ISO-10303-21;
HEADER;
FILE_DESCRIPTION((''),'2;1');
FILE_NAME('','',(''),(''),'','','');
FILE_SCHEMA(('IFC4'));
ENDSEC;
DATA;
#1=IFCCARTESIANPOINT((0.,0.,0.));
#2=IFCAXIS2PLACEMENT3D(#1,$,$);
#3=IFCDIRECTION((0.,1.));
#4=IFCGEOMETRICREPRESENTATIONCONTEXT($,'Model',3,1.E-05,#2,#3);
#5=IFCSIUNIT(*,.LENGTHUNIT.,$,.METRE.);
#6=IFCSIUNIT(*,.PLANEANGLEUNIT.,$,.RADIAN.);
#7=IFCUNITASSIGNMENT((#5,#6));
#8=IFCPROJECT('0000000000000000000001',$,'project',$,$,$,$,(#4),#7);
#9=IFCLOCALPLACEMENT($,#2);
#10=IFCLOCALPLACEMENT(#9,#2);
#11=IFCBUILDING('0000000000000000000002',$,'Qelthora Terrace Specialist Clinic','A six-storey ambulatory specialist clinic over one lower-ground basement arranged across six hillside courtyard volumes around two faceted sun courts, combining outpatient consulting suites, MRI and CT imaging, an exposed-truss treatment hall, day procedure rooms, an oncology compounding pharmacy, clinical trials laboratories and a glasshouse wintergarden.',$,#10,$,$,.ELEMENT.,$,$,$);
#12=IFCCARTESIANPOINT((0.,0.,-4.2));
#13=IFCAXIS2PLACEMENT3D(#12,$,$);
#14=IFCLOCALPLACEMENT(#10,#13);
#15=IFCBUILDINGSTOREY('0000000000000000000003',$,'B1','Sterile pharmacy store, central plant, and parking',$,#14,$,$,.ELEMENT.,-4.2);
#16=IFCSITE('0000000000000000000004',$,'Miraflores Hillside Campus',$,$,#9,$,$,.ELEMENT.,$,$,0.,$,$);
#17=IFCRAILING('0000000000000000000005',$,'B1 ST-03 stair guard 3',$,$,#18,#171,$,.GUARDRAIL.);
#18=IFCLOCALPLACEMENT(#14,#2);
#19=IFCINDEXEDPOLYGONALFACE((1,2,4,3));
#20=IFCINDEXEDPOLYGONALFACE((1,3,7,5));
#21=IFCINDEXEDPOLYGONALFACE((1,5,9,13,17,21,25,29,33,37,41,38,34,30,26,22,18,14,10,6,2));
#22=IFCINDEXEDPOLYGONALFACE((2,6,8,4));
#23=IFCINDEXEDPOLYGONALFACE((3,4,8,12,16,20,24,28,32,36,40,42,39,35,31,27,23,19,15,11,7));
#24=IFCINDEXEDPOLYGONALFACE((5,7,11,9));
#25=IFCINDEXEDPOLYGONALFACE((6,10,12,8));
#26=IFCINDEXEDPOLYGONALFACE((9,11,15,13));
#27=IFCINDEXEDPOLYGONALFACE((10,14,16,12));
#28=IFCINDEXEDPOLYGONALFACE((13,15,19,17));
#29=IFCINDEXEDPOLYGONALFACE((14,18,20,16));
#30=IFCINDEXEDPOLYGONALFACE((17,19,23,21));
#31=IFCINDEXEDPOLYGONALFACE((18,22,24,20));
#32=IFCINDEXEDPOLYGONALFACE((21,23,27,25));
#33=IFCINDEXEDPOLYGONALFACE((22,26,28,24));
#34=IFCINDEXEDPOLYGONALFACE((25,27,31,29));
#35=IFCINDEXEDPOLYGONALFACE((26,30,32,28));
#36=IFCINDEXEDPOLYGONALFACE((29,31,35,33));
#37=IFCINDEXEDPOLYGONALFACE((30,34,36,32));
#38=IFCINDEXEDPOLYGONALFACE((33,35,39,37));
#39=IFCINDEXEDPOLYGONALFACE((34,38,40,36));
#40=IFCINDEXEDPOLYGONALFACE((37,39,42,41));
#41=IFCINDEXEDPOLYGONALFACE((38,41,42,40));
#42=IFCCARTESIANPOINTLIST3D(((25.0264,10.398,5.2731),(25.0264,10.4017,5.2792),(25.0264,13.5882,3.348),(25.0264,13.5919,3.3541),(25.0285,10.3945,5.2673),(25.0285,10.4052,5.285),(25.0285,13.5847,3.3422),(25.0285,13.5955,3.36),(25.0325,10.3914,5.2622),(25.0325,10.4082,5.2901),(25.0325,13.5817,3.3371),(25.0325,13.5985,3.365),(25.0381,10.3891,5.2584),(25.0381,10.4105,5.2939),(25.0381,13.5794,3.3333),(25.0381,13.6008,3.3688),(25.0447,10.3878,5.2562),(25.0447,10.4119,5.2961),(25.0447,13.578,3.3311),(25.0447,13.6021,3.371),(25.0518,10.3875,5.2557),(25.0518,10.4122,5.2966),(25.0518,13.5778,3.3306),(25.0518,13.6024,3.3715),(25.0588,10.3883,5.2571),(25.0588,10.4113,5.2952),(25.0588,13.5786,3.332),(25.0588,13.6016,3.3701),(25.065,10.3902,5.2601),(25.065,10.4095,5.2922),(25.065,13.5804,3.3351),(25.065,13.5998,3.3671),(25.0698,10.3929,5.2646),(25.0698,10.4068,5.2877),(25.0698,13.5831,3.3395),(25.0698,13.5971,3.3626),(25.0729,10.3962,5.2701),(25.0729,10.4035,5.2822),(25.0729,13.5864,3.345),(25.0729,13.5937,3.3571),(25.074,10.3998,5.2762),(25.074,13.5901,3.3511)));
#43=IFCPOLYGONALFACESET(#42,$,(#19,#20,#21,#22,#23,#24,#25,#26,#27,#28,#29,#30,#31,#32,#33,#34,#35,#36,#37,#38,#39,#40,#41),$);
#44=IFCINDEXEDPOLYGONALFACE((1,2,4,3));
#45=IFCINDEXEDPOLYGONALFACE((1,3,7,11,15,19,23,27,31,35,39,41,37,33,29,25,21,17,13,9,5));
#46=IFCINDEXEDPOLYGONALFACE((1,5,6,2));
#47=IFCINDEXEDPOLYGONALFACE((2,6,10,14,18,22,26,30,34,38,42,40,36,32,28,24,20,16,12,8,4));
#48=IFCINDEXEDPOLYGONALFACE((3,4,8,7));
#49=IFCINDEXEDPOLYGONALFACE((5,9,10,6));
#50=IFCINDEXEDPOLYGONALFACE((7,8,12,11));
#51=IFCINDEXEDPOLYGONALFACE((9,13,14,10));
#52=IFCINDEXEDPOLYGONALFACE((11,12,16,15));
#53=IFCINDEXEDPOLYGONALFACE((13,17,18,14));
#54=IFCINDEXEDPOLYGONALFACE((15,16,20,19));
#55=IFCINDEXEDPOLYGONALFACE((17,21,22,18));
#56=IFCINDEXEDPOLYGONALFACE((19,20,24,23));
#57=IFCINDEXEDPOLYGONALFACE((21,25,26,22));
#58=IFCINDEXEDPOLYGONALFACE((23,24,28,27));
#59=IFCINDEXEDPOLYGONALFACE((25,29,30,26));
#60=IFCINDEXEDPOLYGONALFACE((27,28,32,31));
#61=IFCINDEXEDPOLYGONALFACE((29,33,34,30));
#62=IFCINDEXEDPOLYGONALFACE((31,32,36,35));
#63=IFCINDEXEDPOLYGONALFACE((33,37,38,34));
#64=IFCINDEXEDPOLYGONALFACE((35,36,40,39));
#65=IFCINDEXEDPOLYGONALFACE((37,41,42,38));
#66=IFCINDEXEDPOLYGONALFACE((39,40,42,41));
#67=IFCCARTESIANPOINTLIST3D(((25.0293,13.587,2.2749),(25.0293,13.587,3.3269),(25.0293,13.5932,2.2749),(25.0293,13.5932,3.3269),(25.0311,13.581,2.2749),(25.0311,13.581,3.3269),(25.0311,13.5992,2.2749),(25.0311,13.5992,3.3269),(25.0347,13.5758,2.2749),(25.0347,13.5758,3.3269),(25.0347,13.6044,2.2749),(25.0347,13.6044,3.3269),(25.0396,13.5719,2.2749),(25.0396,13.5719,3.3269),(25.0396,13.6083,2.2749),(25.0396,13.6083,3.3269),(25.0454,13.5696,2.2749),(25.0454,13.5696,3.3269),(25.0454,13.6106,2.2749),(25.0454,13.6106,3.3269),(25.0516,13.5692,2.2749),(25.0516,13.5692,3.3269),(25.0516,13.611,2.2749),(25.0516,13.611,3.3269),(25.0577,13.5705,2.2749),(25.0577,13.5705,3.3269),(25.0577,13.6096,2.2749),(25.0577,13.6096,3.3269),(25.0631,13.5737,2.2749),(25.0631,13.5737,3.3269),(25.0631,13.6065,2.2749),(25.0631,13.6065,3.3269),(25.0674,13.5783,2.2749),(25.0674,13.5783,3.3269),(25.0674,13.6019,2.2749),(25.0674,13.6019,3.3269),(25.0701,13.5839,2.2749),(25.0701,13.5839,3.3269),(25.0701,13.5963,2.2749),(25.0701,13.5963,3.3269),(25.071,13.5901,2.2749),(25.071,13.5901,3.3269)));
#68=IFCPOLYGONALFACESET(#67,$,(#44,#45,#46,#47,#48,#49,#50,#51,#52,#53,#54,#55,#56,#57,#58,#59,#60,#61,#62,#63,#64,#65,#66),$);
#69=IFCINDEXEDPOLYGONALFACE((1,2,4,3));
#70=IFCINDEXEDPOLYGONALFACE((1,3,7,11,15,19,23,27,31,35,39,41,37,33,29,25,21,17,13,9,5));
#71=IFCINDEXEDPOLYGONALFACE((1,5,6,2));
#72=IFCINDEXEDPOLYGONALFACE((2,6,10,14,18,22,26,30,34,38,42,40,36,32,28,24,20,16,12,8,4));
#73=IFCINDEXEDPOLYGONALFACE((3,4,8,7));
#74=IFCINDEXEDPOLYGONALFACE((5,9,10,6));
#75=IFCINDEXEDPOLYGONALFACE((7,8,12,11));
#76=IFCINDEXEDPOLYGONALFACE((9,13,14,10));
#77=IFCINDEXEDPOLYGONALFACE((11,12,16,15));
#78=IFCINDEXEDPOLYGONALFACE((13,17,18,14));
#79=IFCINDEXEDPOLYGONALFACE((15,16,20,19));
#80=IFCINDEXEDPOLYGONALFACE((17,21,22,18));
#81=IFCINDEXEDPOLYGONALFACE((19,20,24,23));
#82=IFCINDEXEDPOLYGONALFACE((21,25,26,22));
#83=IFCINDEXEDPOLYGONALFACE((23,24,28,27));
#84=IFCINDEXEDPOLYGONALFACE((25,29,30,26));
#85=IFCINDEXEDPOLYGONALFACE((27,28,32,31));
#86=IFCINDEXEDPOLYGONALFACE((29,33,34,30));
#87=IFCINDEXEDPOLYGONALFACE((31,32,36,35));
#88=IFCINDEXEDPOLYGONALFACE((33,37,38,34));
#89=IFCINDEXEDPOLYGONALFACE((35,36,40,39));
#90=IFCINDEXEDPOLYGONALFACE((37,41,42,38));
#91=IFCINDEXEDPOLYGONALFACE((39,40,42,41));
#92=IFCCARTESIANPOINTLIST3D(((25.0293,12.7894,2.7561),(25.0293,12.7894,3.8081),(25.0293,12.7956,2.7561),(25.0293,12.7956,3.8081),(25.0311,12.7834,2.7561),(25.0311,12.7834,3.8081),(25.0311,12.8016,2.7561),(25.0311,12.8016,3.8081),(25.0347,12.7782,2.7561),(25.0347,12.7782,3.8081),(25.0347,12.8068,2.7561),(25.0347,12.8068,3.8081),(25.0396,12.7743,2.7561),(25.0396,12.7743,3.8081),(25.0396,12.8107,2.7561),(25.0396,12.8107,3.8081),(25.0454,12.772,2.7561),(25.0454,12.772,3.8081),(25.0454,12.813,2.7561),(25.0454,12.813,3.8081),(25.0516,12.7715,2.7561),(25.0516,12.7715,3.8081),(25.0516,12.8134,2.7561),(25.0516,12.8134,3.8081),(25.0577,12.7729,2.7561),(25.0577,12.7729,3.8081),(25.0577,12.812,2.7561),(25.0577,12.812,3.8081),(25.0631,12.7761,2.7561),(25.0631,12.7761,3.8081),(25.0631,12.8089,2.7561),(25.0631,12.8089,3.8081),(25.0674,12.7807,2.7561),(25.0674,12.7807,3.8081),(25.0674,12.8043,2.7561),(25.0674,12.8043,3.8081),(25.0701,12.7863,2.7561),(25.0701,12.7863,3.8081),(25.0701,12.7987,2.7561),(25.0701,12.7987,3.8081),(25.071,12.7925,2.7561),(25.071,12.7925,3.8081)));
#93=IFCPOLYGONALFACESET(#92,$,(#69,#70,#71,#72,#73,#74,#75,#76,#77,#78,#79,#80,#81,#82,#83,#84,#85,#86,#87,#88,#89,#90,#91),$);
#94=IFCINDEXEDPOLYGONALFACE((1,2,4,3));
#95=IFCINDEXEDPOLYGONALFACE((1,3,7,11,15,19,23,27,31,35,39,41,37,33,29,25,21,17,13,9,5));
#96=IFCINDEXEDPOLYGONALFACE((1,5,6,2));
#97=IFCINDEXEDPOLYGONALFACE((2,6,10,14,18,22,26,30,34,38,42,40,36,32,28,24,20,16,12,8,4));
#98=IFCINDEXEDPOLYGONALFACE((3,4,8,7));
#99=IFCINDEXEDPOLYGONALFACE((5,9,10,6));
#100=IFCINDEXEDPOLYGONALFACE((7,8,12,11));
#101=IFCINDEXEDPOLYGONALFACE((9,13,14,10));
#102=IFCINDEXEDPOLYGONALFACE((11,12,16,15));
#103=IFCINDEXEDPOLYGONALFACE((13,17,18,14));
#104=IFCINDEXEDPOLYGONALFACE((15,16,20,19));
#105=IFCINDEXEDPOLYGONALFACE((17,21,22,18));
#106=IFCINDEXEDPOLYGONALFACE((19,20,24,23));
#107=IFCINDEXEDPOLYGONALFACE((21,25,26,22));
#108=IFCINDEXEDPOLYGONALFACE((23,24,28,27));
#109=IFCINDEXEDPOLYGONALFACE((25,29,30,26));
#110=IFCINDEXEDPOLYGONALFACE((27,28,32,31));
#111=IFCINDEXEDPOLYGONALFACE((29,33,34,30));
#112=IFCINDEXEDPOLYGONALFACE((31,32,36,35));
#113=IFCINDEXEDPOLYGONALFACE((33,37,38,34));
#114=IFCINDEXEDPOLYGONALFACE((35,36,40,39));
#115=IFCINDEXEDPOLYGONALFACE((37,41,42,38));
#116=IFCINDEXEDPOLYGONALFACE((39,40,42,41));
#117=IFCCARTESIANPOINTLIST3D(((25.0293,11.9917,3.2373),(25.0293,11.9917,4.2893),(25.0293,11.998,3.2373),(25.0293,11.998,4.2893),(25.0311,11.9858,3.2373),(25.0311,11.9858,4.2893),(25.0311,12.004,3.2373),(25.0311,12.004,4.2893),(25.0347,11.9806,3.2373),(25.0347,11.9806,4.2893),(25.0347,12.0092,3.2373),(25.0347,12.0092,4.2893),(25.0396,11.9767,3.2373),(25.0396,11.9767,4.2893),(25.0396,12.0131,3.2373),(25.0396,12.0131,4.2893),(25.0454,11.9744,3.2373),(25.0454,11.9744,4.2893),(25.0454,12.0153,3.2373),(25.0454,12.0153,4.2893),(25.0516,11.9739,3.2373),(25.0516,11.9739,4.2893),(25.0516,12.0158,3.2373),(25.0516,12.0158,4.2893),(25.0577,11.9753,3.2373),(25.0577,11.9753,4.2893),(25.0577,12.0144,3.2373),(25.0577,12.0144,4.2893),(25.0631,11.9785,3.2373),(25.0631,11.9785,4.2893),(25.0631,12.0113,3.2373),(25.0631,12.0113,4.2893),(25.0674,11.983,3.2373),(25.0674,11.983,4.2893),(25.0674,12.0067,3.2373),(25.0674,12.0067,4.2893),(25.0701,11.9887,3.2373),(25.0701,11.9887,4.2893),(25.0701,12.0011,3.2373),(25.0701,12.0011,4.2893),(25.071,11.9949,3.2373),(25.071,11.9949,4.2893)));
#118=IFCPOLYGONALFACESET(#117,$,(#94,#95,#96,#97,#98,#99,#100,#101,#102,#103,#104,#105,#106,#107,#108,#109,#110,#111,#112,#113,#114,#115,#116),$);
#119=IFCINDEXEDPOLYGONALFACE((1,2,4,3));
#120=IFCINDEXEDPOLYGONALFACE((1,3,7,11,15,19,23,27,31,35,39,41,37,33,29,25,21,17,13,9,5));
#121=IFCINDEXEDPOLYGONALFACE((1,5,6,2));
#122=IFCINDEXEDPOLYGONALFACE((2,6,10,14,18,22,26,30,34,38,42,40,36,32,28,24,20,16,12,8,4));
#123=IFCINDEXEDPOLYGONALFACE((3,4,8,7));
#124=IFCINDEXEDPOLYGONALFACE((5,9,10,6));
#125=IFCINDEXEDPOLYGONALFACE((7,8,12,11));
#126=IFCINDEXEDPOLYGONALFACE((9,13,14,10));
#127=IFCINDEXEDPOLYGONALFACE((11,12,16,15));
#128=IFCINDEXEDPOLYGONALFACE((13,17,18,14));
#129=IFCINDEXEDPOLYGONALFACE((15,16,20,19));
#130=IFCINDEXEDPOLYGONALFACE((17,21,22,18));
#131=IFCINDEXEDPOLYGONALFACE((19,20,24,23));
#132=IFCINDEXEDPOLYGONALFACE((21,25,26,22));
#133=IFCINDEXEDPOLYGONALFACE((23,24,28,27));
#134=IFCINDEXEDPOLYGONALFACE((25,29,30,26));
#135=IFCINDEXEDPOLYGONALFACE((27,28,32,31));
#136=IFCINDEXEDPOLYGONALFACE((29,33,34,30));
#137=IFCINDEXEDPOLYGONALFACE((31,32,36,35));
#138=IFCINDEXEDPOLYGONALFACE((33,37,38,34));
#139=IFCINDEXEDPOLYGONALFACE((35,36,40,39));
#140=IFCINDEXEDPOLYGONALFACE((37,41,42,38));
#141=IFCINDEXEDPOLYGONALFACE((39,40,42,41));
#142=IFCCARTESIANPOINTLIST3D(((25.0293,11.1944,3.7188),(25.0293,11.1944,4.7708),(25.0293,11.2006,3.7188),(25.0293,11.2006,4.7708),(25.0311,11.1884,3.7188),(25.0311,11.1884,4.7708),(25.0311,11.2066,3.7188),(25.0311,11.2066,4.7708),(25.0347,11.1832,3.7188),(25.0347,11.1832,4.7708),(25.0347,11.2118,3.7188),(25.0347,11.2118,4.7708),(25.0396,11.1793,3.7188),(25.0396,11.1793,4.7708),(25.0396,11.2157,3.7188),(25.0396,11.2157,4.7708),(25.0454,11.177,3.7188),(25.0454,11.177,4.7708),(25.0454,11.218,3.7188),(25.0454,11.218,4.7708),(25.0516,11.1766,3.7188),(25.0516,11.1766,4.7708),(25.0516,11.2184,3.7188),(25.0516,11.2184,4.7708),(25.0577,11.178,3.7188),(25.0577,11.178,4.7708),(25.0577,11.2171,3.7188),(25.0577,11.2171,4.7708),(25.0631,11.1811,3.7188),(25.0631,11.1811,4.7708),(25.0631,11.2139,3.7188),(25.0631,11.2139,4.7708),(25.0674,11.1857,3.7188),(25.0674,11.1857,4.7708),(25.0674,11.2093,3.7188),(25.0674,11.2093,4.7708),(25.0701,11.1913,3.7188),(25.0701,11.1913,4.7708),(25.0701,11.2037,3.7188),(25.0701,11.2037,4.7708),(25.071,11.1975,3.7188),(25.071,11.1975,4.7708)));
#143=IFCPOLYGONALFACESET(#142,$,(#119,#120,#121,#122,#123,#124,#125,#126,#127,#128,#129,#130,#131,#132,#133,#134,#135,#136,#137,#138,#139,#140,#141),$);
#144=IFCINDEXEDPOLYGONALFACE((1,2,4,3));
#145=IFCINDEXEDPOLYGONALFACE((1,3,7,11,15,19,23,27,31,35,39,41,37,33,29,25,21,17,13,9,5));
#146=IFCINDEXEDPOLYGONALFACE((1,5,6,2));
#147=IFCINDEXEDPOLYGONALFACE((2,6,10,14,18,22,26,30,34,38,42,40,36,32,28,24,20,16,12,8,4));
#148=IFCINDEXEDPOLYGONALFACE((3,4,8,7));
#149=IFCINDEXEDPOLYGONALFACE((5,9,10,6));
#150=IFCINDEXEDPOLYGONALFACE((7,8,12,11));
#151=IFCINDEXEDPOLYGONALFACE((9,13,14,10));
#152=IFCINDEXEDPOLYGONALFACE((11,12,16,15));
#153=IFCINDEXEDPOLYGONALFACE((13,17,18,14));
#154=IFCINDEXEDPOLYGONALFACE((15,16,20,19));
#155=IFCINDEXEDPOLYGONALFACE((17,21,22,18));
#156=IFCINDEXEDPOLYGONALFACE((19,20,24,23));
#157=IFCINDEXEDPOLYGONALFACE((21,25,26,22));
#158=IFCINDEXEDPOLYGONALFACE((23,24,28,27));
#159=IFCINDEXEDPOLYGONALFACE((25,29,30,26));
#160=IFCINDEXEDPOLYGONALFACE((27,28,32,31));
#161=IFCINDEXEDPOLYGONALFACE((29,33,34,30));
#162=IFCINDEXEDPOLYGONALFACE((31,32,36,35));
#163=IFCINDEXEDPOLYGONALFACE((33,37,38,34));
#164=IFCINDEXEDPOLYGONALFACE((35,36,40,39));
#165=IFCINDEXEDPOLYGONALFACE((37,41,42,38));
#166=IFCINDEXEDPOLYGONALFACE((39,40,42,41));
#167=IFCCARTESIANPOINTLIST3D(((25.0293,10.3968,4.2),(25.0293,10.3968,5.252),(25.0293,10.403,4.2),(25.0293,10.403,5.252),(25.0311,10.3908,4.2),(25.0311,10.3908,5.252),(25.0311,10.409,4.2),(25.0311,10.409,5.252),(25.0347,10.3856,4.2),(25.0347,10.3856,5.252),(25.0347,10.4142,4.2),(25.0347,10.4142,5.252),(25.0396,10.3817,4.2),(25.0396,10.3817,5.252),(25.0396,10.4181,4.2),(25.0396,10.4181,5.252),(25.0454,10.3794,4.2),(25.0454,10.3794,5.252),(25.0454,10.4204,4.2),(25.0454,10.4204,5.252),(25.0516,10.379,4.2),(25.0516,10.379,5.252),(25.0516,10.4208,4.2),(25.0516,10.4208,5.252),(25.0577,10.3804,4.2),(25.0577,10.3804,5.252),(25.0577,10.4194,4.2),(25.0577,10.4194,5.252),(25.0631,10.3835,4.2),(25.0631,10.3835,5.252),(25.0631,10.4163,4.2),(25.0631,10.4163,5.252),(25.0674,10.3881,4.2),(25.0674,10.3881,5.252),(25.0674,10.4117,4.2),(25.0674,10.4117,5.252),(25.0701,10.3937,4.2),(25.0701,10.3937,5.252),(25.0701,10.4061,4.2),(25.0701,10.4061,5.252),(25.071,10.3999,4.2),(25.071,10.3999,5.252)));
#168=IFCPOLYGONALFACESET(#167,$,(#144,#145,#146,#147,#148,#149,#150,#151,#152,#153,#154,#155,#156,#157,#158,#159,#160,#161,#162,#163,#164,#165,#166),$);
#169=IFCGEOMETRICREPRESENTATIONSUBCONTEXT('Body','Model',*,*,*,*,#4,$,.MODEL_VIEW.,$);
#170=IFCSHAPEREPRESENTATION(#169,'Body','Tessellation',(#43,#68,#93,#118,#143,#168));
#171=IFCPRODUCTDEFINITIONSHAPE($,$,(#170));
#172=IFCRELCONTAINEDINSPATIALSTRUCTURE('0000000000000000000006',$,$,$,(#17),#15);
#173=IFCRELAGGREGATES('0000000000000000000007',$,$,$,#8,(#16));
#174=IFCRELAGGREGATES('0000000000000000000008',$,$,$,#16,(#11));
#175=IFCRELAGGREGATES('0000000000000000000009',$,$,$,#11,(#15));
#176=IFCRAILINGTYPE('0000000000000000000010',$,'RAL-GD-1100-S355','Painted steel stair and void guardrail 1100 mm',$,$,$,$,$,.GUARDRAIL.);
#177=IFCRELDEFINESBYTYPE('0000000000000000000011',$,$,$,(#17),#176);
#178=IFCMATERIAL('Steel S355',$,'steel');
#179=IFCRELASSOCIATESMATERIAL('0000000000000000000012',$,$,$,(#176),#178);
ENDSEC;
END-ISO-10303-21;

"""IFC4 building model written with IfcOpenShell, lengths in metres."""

from ifc_helpers import new_model, si_unit, direction, frame, origin, origin_2d, place, context, subcontext, project, spatial, circle, extrude, material, type_object, element, save


model = new_model("IFC4")

# Units and contexts
model_context = context("Model", 3, precision=1e-05, world=origin(), true_north=direction((0.0, 1.0)))
body_context = subcontext(model_context, "Body", "Model", "MODEL_VIEW")
ifc_project = project(units=[si_unit("LENGTHUNIT", "METRE"), si_unit("PLANEANGLEUNIT", "RADIAN")], contexts=[model_context])

# Site, building, storey
site_placement = place(None, origin())
site = spatial("IfcSite", under=ifc_project, at=site_placement, Name="Miraflores Hillside Campus", CompositionType="ELEMENT", RefElevation=0.0)
building_placement = place(site_placement, origin())
building = spatial("IfcBuilding", under=site, at=building_placement, Name="Qelthora Terrace Specialist Clinic", Description="A six-storey ambulatory specialist clinic over one lower-ground basement arranged across six hillside courtyard volumes around two faceted sun courts, combining outpatient consulting suites, MRI and CT imaging, an exposed-truss treatment hall, day procedure rooms, an oncology compounding pharmacy, clinical trials laboratories and a glasshouse wintergarden.", CompositionType="ELEMENT")
storey_placement = place(building_placement, frame((0.0, 0.0, -4.2)))
storey = spatial("IfcBuildingStorey", under=building, at=storey_placement, Name="B1", Description="Sterile pharmacy store, central plant, and parking", CompositionType="ELEMENT", Elevation=-4.2)

# Shared definitions
ifc_material_1 = material(Name="Steel S355", Category="steel")

# Railing
railing_type_1 = type_object("IfcRailingType", Name="RAL-GD-1100-S355", Description="Painted steel stair and void guardrail 1100 mm", PredefinedType="GUARDRAIL", material=ifc_material_1)
railing_1_placement = place(storey_placement, frame((25.05, 13.5901, 2.2749)))
element("IfcRailing", 1, at=railing_1_placement, inside=storey, type_object=railing_type_1, Name="B1 ST-03 stair guard 3", PredefinedType="GUARDRAIL", context=body_context, shape_type="SweptSolid", body=[
    extrude(circle(Radius=0.0239, at=origin_2d()), frame((0.0, 0.0, 1.0762), z_axis=(0.0, -0.856195, 0.516653), x_axis=(1.0, 0.0, 0.0)), (0.0, 0.0, 1.0), 3.7261),
    extrude(circle(Radius=0.021, at=origin_2d()), origin(), (0.0, 0.0, 1.0), 1.052),
    extrude(circle(Radius=0.021, at=origin_2d()), frame((0.0, -0.7976, 0.4812)), (0.0, 0.0, 1.0), 1.052),
    extrude(circle(Radius=0.021, at=origin_2d()), frame((0.0, -1.5952, 0.9624)), (0.0, 0.0, 1.0), 1.052),
    extrude(circle(Radius=0.021, at=origin_2d()), frame((0.0, -2.3926, 1.4438)), (0.0, 0.0, 1.0), 1.052),
    extrude(circle(Radius=0.021, at=origin_2d()), frame((0.0, -3.1902, 1.925)), (0.0, 0.0, 1.0), 1.052),
])

save(model, "model.ifc")
